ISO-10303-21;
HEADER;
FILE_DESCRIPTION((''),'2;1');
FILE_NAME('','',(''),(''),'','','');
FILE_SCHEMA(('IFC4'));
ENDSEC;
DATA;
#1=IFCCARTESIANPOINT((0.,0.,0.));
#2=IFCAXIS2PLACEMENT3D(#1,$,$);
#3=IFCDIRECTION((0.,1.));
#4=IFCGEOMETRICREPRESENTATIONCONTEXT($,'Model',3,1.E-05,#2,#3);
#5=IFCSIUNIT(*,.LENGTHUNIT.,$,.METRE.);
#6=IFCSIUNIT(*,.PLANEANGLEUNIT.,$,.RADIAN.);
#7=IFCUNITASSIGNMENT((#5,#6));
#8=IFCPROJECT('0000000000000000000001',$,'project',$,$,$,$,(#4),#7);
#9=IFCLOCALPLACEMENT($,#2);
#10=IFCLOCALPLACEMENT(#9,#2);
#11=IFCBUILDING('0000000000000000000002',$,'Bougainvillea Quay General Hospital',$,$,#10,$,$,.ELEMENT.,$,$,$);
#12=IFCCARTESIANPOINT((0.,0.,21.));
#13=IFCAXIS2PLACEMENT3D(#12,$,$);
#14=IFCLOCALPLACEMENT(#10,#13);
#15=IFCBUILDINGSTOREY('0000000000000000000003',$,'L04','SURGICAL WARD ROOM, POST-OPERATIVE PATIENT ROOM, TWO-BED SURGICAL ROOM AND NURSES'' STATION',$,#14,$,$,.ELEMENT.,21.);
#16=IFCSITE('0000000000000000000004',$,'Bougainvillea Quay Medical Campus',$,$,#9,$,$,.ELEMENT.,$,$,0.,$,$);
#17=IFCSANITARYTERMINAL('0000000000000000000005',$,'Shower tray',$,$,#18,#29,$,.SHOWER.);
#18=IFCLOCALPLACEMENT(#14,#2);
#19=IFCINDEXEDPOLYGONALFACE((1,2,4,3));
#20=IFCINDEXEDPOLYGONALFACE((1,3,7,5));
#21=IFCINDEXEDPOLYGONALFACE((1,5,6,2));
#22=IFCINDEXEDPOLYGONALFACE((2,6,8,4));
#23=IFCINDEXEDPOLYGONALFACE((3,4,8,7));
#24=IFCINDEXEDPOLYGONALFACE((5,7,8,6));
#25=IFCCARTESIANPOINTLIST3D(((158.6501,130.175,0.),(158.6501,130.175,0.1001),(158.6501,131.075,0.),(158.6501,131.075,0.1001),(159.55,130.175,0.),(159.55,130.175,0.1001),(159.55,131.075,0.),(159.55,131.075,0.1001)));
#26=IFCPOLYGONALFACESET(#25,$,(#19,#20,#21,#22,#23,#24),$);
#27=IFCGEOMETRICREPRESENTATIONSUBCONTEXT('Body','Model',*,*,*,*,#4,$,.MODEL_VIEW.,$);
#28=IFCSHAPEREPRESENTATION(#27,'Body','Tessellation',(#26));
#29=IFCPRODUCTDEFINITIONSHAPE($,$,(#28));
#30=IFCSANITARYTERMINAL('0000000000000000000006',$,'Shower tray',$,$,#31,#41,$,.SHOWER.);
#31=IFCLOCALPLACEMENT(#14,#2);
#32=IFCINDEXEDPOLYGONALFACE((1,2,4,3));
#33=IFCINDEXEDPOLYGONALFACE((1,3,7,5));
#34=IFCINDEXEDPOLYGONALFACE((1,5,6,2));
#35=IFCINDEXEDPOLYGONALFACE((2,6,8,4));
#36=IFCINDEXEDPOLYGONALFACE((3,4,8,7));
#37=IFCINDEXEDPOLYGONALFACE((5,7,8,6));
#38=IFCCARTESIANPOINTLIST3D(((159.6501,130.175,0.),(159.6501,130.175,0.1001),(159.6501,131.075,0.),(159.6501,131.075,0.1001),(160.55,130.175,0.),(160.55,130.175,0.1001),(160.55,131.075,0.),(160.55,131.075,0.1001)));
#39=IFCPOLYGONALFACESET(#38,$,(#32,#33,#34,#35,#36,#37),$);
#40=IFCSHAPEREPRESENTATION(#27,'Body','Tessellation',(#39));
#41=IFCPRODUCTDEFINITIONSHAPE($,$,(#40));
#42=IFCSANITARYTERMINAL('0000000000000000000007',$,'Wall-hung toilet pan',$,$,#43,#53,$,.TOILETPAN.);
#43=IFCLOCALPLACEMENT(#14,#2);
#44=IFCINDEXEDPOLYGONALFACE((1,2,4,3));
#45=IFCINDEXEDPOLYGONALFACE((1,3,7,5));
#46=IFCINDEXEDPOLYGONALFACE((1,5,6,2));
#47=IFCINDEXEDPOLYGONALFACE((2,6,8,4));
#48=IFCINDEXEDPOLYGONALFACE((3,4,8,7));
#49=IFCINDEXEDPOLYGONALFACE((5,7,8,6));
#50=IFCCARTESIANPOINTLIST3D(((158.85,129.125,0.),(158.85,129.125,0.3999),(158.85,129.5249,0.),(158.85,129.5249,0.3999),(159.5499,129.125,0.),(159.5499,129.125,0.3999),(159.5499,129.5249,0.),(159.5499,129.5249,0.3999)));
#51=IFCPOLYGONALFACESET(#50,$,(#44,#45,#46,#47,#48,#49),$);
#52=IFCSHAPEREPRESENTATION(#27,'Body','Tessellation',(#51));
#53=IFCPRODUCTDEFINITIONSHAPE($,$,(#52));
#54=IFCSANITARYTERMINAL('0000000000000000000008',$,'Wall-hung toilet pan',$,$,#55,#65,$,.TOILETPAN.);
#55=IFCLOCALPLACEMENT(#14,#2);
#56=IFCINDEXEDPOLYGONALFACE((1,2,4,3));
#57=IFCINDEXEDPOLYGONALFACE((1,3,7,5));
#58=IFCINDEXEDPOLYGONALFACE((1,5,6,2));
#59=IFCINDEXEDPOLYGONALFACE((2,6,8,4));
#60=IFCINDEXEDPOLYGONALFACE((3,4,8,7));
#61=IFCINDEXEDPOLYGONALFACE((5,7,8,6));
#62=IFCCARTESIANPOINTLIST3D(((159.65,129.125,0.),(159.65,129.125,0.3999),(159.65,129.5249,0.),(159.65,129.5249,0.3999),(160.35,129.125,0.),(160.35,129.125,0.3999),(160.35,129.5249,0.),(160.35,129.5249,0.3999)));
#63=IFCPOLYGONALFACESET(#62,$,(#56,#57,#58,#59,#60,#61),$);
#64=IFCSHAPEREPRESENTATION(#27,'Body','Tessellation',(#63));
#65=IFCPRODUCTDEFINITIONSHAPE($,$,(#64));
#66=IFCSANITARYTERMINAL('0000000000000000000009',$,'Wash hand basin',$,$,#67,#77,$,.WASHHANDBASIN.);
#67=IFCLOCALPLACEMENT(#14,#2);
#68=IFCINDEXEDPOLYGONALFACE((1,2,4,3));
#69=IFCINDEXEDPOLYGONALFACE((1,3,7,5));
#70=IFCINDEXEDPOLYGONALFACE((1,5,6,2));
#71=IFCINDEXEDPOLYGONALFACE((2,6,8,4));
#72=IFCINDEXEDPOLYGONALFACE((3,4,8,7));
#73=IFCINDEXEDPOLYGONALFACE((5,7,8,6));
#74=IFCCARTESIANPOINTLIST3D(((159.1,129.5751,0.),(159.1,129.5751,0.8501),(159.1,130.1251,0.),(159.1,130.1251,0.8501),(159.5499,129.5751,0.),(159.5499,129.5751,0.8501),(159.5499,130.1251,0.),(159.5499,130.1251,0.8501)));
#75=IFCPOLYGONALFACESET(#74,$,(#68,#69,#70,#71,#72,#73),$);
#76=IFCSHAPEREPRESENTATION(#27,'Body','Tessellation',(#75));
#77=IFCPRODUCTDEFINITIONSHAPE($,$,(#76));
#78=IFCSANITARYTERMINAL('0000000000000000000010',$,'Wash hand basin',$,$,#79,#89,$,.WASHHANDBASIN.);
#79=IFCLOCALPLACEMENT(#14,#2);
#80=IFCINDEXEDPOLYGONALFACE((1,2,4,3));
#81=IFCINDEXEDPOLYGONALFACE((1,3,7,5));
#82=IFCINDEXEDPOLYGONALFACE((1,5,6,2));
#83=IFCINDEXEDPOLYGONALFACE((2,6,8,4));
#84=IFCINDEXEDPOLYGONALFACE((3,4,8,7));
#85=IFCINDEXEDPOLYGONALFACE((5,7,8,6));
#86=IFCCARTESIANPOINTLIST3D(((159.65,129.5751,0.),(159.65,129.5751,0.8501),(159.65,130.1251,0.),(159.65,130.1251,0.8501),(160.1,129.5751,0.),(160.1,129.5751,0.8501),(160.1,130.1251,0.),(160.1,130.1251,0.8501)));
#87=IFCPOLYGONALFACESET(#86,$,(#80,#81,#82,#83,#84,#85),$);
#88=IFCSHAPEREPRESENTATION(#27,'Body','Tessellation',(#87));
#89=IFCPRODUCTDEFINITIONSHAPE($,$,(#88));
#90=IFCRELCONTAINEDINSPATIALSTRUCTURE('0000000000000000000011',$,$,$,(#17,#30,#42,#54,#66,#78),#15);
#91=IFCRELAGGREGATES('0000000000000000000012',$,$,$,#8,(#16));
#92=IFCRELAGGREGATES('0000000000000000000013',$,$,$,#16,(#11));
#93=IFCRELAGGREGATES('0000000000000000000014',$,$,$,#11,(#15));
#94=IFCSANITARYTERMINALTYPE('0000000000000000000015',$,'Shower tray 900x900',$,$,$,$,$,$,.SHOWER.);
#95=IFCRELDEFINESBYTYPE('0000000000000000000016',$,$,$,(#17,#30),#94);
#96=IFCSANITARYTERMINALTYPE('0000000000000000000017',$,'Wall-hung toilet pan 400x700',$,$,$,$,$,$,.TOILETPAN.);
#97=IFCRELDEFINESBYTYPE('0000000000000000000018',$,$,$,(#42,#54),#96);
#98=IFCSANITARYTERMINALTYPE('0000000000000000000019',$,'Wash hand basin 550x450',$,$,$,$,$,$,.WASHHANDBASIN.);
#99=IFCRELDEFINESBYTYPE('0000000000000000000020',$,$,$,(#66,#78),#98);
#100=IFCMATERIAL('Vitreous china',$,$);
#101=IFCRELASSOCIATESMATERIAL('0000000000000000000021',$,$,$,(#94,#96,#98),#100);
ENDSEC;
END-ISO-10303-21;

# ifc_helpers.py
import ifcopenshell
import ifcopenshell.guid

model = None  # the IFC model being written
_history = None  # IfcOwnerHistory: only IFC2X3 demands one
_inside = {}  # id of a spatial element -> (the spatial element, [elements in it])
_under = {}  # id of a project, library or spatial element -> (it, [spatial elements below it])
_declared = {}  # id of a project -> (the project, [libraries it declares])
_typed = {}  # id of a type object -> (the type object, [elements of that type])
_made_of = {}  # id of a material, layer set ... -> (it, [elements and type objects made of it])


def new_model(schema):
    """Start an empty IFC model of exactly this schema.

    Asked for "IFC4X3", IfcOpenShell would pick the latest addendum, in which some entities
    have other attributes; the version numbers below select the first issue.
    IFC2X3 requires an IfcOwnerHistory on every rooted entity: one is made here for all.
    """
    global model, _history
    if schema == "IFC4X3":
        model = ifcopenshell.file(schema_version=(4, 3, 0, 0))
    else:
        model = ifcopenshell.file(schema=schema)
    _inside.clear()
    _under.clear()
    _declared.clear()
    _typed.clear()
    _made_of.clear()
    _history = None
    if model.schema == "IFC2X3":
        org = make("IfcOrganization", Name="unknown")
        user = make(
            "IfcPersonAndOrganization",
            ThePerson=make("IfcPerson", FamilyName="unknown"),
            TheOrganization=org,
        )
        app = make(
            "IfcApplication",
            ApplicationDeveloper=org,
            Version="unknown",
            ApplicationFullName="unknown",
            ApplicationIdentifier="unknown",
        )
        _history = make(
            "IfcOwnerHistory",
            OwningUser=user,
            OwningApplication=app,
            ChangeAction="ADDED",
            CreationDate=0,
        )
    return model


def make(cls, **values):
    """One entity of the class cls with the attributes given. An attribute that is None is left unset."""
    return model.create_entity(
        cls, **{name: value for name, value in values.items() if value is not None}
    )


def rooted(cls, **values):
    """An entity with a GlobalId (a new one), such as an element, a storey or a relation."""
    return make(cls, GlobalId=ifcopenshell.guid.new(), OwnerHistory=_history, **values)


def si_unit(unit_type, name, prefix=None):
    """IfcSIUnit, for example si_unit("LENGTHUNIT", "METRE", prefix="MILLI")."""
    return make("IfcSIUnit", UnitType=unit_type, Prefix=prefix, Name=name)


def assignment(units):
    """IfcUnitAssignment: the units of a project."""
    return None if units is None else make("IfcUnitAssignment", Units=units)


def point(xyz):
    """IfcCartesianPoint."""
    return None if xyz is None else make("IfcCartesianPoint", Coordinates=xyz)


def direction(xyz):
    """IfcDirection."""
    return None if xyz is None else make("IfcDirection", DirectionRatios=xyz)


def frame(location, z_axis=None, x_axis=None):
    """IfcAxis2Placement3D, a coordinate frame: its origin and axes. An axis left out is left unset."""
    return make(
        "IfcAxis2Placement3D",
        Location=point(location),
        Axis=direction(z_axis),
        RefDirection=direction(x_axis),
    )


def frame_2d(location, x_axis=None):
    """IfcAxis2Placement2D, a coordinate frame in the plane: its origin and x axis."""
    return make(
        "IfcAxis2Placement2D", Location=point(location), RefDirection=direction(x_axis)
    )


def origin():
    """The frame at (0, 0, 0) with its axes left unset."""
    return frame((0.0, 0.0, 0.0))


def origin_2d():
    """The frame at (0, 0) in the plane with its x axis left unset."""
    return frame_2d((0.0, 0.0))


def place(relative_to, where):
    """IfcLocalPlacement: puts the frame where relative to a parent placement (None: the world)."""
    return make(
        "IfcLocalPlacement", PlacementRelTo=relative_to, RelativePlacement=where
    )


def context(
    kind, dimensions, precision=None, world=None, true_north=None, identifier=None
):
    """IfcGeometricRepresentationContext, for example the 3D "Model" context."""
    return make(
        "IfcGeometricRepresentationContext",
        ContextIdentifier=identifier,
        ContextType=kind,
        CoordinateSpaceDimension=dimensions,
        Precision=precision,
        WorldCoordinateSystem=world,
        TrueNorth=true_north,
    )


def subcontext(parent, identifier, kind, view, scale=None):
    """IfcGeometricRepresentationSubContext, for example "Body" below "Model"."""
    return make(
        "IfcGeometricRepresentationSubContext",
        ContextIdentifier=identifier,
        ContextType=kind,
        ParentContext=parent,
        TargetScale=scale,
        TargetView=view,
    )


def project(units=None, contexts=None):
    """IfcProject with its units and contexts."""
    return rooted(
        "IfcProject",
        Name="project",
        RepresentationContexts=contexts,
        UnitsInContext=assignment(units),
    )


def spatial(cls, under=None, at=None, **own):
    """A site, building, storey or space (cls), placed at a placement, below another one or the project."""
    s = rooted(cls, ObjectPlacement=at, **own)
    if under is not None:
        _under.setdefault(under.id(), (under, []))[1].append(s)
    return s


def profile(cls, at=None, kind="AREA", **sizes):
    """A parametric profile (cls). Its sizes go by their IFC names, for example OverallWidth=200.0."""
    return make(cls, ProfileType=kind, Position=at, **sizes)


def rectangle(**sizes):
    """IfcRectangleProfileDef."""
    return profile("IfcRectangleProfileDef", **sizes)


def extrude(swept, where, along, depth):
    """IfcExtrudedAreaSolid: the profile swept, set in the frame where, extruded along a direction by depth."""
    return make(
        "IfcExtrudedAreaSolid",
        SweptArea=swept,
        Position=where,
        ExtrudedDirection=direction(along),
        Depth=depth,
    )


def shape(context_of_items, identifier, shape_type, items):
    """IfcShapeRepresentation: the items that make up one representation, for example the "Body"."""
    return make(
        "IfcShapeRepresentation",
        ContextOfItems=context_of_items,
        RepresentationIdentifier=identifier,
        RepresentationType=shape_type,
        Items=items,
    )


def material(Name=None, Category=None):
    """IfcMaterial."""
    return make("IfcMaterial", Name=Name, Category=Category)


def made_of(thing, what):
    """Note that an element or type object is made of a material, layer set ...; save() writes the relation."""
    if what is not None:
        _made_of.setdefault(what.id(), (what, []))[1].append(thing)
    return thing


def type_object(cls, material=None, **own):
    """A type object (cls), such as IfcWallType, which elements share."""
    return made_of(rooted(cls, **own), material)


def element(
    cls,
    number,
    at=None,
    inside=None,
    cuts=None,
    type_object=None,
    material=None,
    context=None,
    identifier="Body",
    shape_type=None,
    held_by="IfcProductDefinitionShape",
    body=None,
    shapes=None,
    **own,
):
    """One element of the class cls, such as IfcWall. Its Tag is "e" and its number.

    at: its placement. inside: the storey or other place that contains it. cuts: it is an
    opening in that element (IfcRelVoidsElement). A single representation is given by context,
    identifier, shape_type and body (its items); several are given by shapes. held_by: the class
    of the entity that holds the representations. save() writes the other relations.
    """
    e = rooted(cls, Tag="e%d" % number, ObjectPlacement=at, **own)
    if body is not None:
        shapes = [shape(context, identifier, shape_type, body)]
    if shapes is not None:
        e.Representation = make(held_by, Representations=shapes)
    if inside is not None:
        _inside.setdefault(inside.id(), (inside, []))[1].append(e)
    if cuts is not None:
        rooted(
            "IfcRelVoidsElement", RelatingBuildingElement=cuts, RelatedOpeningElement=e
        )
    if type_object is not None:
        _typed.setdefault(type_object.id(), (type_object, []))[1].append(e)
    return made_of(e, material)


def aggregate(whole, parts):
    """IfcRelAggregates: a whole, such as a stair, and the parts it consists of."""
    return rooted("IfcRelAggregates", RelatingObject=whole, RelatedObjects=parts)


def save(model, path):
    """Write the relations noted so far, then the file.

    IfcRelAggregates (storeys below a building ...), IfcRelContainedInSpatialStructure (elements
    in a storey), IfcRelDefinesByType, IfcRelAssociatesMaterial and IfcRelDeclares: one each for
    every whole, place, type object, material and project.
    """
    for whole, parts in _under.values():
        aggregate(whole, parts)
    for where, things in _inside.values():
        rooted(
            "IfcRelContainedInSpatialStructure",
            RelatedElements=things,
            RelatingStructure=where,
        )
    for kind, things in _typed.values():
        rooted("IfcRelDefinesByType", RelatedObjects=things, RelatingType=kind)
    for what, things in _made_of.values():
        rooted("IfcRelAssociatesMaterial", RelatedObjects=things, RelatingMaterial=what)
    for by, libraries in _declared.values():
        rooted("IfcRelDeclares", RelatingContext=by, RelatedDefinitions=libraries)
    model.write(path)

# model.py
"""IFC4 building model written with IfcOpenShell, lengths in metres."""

from ifc_helpers import new_model, si_unit, direction, frame, origin, origin_2d, place, context, subcontext, project, spatial, rectangle, extrude, material, type_object, element, save


model = new_model("IFC4")

# Units and contexts
model_context = context("Model", 3, precision=1e-05, world=origin(), true_north=direction((0.0, 1.0)))
body_context = subcontext(model_context, "Body", "Model", "MODEL_VIEW")
ifc_project = project(units=[si_unit("LENGTHUNIT", "METRE"), si_unit("PLANEANGLEUNIT", "RADIAN")], contexts=[model_context])

# Site, building, storey
site_placement = place(None, origin())
site = spatial("IfcSite", under=ifc_project, at=site_placement, Name="Bougainvillea Quay Medical Campus", CompositionType="ELEMENT", RefElevation=0.0)
building_placement = place(site_placement, origin())
building = spatial("IfcBuilding", under=site, at=building_placement, Name="Bougainvillea Quay General Hospital", CompositionType="ELEMENT")
storey_placement = place(building_placement, frame((0.0, 0.0, 21.0)))
storey = spatial("IfcBuildingStorey", under=building, at=storey_placement, Name="L04", Description="SURGICAL WARD ROOM, POST-OPERATIVE PATIENT ROOM, TWO-BED SURGICAL ROOM AND NURSES' STATION", CompositionType="ELEMENT", Elevation=21.0)

# Sanitary terminals
ifc_material_1 = material(Name="Vitreous china")
sanitary_terminal_type_1 = type_object("IfcSanitaryTerminalType", Name="Shower tray 900x900", PredefinedType="SHOWER", material=ifc_material_1)
for number, where, z_axis, x_axis, name in (
    (1, (159.1001, 130.625, 0.0), (0.0, 0.0, 1.0), (0.0, -1.0, 0.0), "Shower tray"),
    (2, (160.1001, 130.625, 0.0), (0.0, 0.0, 1.0), (0.0, 1.0, 0.0), "Shower tray"),
):
    element("IfcSanitaryTerminal", number, at=place(storey_placement, frame(where, z_axis=z_axis, x_axis=x_axis)), inside=storey, type_object=sanitary_terminal_type_1, Name=name, PredefinedType="SHOWER", context=body_context, shape_type="SweptSolid", body=[
        extrude(rectangle(XDim=0.8999, YDim=0.8999, at=origin_2d()), origin(), (0.0, 0.0, 1.0), 0.1001),
    ])
sanitary_terminal_type_2 = type_object("IfcSanitaryTerminalType", Name="Wall-hung toilet pan 400x700", PredefinedType="TOILETPAN", material=ifc_material_1)
for number, where, z_axis, x_axis, name in (
    (3, (159.2, 129.325, 0.0), (0.0, 0.0, 1.0), (0.0, -1.0, 0.0), "Wall-hung toilet pan"),
    (4, (160.0, 129.325, 0.0), (0.0, 0.0, 1.0), (0.0, 1.0, 0.0), "Wall-hung toilet pan"),
):
    element("IfcSanitaryTerminal", number, at=place(storey_placement, frame(where, z_axis=z_axis, x_axis=x_axis)), inside=storey, type_object=sanitary_terminal_type_2, Name=name, PredefinedType="TOILETPAN", context=body_context, shape_type="SweptSolid", body=[
        extrude(rectangle(XDim=0.3999, YDim=0.7, at=origin_2d()), origin(), (0.0, 0.0, 1.0), 0.3999),
    ])
sanitary_terminal_type_3 = type_object("IfcSanitaryTerminalType", Name="Wash hand basin 550x450", PredefinedType="WASHHANDBASIN", material=ifc_material_1)
for number, where, z_axis, x_axis, name in (
    (5, (159.325, 129.8501, 0.0), (0.0, 0.0, 1.0), (0.0, -1.0, 0.0), "Wash hand basin"),
    (6, (159.875, 129.8501, 0.0), (0.0, 0.0, 1.0), (0.0, 1.0, 0.0), "Wash hand basin"),
):
    element("IfcSanitaryTerminal", number, at=place(storey_placement, frame(where, z_axis=z_axis, x_axis=x_axis)), inside=storey, type_object=sanitary_terminal_type_3, Name=name, PredefinedType="WASHHANDBASIN", context=body_context, shape_type="SweptSolid", body=[
        extrude(rectangle(XDim=0.55, YDim=0.45, at=origin_2d()), origin(), (0.0, 0.0, 1.0), 0.8501),
    ])

save(model, "model.ifc")
